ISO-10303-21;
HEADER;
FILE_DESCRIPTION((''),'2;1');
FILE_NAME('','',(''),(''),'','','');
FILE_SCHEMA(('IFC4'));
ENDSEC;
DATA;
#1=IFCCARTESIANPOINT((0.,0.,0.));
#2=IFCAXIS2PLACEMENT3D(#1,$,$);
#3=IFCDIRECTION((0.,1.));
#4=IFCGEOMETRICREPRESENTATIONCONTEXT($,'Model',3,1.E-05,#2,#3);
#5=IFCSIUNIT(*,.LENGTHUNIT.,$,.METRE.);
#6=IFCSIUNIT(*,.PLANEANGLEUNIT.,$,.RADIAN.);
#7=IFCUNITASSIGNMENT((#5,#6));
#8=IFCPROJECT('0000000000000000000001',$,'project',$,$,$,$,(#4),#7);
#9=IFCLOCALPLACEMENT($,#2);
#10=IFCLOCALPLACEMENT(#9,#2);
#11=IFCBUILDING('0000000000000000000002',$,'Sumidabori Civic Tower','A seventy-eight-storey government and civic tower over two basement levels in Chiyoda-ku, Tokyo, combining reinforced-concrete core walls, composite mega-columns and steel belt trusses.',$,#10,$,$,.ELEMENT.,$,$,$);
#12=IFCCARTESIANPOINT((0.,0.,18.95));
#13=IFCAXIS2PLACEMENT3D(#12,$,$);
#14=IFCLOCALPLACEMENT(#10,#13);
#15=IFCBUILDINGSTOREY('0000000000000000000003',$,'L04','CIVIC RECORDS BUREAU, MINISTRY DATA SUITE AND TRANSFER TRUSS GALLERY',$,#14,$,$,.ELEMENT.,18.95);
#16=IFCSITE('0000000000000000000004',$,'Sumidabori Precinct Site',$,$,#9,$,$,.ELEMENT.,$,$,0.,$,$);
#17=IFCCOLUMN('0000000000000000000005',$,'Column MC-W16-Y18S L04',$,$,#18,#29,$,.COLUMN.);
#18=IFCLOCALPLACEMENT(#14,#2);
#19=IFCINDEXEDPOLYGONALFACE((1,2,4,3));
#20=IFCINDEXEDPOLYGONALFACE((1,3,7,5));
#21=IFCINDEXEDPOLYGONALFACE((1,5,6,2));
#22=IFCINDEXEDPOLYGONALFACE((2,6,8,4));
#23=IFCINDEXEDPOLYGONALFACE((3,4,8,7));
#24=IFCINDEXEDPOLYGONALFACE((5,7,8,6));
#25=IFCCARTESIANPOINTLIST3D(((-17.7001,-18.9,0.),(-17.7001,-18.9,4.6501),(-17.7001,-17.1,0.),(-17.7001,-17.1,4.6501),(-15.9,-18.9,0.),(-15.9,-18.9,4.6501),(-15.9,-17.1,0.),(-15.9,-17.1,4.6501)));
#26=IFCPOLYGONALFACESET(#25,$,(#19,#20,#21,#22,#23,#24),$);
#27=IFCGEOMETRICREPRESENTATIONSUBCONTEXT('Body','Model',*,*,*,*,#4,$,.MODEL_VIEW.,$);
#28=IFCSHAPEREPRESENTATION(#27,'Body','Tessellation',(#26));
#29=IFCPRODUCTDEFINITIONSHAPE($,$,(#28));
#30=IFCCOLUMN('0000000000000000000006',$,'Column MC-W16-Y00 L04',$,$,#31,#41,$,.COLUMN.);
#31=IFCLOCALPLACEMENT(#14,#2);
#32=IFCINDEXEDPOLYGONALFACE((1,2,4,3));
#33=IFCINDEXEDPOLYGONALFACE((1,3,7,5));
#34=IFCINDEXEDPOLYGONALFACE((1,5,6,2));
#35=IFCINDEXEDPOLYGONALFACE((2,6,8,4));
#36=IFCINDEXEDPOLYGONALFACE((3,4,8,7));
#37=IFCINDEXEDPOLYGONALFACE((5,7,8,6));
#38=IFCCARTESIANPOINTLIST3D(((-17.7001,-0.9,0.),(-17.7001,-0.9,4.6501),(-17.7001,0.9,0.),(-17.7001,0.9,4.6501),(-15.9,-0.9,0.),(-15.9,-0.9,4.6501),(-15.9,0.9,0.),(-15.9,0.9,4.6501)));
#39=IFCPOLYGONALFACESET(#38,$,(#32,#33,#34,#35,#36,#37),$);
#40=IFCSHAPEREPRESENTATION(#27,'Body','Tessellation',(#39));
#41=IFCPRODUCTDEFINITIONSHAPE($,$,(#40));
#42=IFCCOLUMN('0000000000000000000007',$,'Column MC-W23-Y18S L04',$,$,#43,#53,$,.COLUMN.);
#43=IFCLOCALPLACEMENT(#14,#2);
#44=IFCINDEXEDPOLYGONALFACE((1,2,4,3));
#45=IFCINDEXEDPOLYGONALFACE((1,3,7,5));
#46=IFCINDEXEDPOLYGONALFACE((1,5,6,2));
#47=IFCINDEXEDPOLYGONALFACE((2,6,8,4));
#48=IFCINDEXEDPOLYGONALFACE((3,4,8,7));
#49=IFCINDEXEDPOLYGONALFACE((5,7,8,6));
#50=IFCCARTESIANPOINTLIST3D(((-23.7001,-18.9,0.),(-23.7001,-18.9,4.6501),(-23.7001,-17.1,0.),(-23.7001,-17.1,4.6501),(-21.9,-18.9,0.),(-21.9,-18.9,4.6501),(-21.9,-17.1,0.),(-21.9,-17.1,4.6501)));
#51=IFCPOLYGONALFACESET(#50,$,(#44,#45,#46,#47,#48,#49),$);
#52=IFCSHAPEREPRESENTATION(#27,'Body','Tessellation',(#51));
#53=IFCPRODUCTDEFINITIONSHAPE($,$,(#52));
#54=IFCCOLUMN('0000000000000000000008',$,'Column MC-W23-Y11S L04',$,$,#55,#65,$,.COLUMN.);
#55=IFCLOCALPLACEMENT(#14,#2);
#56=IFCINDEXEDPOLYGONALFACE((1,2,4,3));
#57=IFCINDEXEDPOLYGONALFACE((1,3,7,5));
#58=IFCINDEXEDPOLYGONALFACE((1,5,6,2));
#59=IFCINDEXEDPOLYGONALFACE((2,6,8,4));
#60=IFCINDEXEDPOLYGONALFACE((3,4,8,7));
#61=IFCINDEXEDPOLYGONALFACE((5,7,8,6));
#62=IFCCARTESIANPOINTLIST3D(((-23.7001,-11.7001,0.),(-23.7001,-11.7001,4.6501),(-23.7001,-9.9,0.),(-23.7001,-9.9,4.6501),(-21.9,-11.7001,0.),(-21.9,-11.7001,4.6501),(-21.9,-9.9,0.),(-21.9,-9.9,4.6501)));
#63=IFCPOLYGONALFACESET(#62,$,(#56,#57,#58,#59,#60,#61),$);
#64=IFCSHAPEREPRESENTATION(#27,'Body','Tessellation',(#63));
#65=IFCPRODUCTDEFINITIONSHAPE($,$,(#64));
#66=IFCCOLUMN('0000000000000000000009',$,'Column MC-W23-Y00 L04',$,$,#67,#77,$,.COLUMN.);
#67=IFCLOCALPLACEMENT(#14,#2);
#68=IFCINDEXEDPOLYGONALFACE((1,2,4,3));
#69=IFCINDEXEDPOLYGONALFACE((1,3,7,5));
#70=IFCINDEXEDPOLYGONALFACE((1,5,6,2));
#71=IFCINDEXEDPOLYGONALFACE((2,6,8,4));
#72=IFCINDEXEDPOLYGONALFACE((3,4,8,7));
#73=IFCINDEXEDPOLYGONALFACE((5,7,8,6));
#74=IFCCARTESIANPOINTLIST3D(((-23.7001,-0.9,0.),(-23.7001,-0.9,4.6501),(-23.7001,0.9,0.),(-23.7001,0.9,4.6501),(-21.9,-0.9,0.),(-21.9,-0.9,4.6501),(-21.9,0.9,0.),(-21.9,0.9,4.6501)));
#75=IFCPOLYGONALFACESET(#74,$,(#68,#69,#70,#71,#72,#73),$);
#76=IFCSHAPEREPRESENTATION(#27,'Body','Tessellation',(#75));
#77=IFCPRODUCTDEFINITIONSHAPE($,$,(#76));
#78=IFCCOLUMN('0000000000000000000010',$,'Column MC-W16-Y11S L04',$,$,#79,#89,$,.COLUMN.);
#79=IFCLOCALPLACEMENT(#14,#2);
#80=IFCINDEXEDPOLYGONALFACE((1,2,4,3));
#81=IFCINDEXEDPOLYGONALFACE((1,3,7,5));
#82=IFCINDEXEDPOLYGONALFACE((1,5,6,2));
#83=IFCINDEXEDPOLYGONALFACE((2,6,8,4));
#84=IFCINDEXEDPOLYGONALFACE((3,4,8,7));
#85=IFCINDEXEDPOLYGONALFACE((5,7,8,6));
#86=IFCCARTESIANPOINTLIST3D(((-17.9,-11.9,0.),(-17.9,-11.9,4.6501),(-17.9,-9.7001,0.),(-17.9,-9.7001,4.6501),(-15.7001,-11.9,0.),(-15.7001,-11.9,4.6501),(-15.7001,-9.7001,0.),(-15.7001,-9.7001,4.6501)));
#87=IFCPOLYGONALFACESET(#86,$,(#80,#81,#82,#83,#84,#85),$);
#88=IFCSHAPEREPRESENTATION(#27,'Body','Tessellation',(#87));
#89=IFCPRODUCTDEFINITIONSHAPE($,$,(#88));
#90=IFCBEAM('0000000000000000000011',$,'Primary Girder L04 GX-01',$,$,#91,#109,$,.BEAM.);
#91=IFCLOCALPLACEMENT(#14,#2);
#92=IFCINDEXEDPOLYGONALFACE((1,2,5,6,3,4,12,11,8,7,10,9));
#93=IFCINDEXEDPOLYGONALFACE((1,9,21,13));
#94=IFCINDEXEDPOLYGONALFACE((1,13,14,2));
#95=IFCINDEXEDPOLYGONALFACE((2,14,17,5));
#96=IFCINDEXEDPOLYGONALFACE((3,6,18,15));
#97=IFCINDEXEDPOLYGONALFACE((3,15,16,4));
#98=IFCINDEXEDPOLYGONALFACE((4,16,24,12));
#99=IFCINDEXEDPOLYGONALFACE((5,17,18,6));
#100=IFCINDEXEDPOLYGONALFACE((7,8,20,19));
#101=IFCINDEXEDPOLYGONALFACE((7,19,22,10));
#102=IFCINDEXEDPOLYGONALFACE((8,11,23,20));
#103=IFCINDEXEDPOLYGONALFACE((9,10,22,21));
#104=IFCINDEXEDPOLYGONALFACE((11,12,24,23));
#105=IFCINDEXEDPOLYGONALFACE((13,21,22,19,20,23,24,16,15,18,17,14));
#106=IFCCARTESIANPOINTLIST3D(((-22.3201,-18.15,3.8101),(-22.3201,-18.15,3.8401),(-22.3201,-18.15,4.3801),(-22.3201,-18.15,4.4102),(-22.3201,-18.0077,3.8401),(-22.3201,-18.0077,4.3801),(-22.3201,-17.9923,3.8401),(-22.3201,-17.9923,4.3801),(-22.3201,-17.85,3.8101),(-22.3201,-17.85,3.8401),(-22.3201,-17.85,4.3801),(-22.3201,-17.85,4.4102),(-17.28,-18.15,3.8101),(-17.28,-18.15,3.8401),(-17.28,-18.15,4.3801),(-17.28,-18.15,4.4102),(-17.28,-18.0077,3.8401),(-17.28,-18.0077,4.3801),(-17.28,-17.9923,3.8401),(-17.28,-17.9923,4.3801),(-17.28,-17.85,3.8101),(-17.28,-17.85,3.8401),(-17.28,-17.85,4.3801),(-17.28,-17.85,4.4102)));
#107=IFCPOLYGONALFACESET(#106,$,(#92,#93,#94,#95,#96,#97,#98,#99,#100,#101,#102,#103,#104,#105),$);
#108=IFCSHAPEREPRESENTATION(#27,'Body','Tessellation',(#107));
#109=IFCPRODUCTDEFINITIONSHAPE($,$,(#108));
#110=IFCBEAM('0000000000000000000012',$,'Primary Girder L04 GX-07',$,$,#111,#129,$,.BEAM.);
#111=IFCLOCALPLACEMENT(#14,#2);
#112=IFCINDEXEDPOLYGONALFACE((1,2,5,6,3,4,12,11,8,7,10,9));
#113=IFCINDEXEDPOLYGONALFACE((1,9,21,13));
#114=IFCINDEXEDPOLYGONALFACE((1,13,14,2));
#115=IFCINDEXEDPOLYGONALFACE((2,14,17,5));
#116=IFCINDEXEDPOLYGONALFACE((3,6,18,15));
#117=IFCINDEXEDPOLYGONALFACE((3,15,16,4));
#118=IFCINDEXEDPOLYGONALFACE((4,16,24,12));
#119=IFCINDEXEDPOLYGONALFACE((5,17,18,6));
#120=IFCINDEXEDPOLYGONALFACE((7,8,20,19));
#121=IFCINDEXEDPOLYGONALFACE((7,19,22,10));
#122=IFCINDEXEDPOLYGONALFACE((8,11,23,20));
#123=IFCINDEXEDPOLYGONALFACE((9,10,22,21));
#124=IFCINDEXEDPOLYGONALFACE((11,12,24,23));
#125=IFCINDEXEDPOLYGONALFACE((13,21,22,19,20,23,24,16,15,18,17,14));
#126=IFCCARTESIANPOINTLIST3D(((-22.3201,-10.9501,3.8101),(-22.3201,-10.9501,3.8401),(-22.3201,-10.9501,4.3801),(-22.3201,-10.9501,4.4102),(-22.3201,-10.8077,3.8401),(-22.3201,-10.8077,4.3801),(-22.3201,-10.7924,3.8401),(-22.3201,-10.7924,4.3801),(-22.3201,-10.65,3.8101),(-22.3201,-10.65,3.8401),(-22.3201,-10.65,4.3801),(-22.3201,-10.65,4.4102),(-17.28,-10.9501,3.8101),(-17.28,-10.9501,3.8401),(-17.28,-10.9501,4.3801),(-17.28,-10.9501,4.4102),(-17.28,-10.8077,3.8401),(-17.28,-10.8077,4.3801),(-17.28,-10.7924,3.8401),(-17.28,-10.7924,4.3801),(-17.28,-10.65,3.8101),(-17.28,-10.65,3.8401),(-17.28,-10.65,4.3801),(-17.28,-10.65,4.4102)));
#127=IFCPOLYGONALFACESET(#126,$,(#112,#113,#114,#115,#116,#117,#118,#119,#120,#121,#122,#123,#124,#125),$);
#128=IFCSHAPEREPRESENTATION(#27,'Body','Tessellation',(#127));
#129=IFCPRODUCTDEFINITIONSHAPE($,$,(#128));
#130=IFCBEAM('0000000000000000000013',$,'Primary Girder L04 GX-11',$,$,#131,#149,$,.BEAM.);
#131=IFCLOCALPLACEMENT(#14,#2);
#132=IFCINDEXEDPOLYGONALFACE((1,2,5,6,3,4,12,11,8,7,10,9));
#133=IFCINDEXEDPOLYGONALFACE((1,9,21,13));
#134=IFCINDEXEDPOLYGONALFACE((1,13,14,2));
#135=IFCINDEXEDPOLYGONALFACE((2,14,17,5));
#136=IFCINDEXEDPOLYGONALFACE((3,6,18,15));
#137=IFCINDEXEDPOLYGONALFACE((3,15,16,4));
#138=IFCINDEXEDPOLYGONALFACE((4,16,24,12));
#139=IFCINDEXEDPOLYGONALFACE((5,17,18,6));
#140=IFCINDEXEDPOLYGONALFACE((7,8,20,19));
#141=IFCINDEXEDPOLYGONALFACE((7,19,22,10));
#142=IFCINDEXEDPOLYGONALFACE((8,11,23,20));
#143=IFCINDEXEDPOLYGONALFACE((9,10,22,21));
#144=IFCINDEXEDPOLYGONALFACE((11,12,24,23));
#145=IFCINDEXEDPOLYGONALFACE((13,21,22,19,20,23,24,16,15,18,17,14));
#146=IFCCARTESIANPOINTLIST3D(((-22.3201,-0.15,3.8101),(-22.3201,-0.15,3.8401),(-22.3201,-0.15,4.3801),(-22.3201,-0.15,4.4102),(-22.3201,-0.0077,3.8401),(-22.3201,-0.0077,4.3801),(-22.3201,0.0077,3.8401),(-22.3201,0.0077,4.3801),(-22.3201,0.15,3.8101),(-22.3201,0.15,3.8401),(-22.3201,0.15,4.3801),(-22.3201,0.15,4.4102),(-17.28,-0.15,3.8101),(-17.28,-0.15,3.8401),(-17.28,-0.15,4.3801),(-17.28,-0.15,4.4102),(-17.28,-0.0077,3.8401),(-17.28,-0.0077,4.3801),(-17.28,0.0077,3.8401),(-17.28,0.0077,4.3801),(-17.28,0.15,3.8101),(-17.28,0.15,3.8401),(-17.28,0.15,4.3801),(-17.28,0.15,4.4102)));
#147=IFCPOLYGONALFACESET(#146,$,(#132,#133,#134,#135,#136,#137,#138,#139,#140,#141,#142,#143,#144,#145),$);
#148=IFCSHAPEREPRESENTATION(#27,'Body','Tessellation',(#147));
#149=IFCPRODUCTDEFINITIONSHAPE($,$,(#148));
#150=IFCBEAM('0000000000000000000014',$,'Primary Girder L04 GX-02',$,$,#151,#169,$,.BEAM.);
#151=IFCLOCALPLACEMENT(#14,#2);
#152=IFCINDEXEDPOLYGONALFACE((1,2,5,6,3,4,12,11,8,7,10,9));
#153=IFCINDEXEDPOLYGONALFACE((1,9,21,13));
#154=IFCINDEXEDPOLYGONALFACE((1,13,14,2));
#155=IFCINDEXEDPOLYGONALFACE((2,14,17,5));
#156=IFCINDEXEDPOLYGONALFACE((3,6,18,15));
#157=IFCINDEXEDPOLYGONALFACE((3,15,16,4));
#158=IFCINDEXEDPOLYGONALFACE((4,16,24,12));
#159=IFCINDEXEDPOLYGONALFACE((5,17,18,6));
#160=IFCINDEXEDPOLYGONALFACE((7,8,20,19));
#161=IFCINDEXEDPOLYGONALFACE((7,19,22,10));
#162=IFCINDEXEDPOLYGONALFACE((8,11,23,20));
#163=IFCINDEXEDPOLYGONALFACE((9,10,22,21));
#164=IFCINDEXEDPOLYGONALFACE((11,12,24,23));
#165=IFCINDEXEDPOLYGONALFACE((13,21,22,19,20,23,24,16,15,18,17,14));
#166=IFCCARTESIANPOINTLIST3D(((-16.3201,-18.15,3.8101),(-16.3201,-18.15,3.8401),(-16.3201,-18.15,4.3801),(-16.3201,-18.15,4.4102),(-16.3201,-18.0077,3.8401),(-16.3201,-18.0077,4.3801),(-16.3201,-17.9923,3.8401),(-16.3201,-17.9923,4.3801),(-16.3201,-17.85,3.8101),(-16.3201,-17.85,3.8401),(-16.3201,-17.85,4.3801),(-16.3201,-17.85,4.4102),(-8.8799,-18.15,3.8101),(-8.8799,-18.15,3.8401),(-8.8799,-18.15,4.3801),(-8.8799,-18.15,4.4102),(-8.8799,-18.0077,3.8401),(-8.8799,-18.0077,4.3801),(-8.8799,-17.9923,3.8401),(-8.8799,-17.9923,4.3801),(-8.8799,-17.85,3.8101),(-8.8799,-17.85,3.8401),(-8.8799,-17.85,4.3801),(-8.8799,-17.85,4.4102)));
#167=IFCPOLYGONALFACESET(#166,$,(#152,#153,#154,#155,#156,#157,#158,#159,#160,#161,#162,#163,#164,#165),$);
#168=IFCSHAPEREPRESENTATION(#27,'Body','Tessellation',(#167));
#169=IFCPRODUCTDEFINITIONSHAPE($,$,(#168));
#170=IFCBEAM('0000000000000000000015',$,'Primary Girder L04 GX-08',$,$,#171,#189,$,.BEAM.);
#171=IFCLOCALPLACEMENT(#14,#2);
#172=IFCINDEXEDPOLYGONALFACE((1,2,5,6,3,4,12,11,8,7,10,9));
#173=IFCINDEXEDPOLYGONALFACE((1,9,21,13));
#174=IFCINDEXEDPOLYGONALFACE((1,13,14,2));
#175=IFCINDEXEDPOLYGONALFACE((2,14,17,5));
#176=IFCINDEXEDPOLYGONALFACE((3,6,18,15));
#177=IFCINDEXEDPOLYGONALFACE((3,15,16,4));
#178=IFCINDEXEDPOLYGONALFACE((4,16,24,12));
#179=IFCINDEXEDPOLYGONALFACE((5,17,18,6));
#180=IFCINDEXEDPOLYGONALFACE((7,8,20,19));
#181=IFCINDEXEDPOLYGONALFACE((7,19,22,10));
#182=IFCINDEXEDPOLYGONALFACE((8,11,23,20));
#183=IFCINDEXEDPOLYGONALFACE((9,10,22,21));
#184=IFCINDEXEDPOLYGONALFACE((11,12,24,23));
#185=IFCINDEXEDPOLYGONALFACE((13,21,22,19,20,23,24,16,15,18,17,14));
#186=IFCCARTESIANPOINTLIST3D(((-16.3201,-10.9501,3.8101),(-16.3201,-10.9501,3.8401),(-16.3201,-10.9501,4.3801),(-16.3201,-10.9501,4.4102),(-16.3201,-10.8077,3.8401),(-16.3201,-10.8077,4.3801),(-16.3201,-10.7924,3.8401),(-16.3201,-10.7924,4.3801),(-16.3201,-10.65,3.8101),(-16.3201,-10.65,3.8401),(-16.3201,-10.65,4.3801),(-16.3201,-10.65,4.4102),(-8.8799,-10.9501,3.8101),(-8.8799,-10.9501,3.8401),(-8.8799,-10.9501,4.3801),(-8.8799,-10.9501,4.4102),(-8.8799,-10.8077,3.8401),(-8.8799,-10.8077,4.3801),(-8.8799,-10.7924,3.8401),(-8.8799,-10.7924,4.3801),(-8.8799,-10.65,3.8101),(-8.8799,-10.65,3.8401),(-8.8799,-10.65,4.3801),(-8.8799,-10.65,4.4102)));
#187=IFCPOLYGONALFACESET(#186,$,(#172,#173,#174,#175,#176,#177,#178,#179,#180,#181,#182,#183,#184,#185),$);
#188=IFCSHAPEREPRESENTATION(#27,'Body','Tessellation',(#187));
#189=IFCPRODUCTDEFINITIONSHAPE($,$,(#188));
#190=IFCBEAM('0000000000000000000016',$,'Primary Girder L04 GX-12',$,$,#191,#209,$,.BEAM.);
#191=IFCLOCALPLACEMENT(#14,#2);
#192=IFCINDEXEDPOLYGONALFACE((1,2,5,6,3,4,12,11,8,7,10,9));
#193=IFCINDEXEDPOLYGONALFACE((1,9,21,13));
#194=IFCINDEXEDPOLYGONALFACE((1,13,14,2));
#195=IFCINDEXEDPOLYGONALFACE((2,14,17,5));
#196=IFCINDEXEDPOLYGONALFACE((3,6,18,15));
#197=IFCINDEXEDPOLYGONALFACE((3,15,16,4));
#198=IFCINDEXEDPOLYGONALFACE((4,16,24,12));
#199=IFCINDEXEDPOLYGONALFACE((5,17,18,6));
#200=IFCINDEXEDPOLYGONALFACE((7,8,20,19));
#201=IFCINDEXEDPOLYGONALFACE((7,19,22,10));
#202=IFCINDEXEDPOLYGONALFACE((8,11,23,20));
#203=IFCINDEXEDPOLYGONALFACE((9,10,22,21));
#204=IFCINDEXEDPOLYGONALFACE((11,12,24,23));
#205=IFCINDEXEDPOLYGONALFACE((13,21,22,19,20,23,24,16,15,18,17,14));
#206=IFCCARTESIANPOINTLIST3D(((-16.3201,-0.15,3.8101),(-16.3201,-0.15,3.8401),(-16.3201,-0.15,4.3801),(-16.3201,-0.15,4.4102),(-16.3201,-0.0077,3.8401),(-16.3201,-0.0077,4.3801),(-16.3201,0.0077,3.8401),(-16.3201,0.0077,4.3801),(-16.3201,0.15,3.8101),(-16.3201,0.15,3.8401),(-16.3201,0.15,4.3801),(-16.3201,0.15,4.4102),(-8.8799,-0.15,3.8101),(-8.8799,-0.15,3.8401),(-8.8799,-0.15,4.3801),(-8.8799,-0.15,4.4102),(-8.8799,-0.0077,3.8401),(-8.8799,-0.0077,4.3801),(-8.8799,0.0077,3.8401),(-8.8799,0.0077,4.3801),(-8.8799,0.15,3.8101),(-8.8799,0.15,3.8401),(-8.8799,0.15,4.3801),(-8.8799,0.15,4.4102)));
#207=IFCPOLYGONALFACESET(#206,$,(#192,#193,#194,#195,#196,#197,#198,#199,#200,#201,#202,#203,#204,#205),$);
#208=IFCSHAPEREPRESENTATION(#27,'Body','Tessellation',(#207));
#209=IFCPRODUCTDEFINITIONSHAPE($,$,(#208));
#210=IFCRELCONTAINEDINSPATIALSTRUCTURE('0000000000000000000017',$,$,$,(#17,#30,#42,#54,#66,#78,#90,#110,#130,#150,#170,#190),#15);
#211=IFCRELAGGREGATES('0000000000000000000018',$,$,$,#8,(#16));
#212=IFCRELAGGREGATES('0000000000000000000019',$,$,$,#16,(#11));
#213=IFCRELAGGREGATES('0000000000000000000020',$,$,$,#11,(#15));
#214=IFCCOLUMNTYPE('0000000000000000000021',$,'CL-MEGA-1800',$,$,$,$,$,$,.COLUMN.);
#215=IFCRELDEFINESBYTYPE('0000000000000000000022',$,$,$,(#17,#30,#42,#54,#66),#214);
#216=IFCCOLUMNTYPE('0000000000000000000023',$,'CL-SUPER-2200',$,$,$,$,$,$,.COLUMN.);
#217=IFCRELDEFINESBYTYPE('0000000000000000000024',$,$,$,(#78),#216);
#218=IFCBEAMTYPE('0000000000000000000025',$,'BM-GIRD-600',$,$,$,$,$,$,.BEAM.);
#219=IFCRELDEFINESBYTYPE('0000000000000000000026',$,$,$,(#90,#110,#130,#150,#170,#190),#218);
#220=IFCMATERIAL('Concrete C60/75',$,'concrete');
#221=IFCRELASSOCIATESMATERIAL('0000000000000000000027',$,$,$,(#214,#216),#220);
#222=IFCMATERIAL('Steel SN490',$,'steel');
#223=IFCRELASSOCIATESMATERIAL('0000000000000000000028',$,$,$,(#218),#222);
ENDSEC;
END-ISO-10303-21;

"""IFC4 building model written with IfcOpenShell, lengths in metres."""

from ifc_helpers import new_model, si_unit, direction, frame, origin, origin_2d, place, context, subcontext, project, spatial, rectangle, i_section, extrude, source, transform, mapped, material, material_profile, profile_set, type_object, element, save


model = new_model("IFC4")

# Units and contexts
model_context = context("Model", 3, precision=1e-05, world=origin(), true_north=direction((0.0, 1.0)))
body_context = subcontext(model_context, "Body", "Model", "MODEL_VIEW")
ifc_project = project(units=[si_unit("LENGTHUNIT", "METRE"), si_unit("PLANEANGLEUNIT", "RADIAN")], contexts=[model_context])

# Site, building, storey
site_placement = place(None, origin())
site = spatial("IfcSite", under=ifc_project, at=site_placement, Name="Sumidabori Precinct Site", CompositionType="ELEMENT", RefElevation=0.0)
building_placement = place(site_placement, origin())
building = spatial("IfcBuilding", under=site, at=building_placement, Name="Sumidabori Civic Tower", Description="A seventy-eight-storey government and civic tower over two basement levels in Chiyoda-ku, Tokyo, combining reinforced-concrete core walls, composite mega-columns and steel belt trusses.", CompositionType="ELEMENT")
storey_placement = place(building_placement, frame((0.0, 0.0, 18.95)))
storey = spatial("IfcBuildingStorey", under=building, at=storey_placement, Name="L04", Description="CIVIC RECORDS BUREAU, MINISTRY DATA SUITE AND TRANSFER TRUSS GALLERY", CompositionType="ELEMENT", Elevation=18.95)

# Columns
ifc_material_1 = material(Name="Concrete C60/75", Category="concrete")
ifc_material_profile_1 = material_profile(ifc_material_1, rectangle(XDim=1.8, YDim=1.8, at=origin_2d()), Name="RC 1800x1800")
ifc_profile_set_1 = profile_set([ifc_material_profile_1], Name="Concrete C60/75")
column_type_1 = type_object("IfcColumnType", Name="CL-MEGA-1800", PredefinedType="COLUMN", material=ifc_profile_set_1)
shared_shape_1 = source(origin(), body_context, "Body", "SweptSolid", [
    extrude(rectangle(XDim=1.8, YDim=1.8, at=origin_2d()), origin(), (0.0, 0.0, 1.0), 4.6501),
])
for number, where, z_axis, x_axis, name in (
    (1, (-16.8, -18.0, 0.0), (0.0, 0.0, 1.0), (1.0, 0.0, 0.0), "Column MC-W16-Y18S L04"),
    (2, (-16.8, 0.0, 0.0), (0.0, 0.0, 1.0), (1.0, 0.0, 0.0), "Column MC-W16-Y00 L04"),
    (3, (-22.8, -18.0, 0.0), (0.0, 0.0, 1.0), (1.0, 0.0, 0.0), "Column MC-W23-Y18S L04"),
    (4, (-22.8, -10.8, 0.0), (0.0, 0.0, 1.0), (1.0, 0.0, 0.0), "Column MC-W23-Y11S L04"),
    (5, (-22.8, 0.0, 0.0), (0.0, 0.0, 1.0), (1.0, 0.0, 0.0), "Column MC-W23-Y00 L04"),
):
    element("IfcColumn", number, at=place(storey_placement, frame(where, z_axis=z_axis, x_axis=x_axis)), inside=storey, type_object=column_type_1, Name=name, PredefinedType="COLUMN", context=body_context, shape_type="MappedRepresentation", body=[
        mapped(shared_shape_1, transform((0.0, 0.0, 0.0), x_axis=(1.0, 0.0, 0.0), y_axis=(0.0, 1.0, 0.0), z_axis=(0.0, 0.0, 1.0), scale=1.0)),
    ])
ifc_material_profile_2 = material_profile(ifc_material_1, rectangle(XDim=2.2, YDim=2.2, at=origin_2d()), Name="RC 2200x2200")
ifc_profile_set_2 = profile_set([ifc_material_profile_2], Name="Concrete C60/75")
column_type_2 = type_object("IfcColumnType", Name="CL-SUPER-2200", PredefinedType="COLUMN", material=ifc_profile_set_2)
shared_shape_2 = source(origin(), body_context, "Body", "SweptSolid", [
    extrude(rectangle(XDim=2.2, YDim=2.2, at=origin_2d()), origin(), (0.0, 0.0, 1.0), 4.6501),
])
column_placement = place(storey_placement, frame((-16.8, -10.8, 0.0), z_axis=(0.0, 0.0, 1.0), x_axis=(1.0, 0.0, 0.0)))
element("IfcColumn", 6, at=column_placement, inside=storey, type_object=column_type_2, Name="Column MC-W16-Y11S L04", PredefinedType="COLUMN", context=body_context, shape_type="MappedRepresentation", body=[
    mapped(shared_shape_2, transform((0.0, 0.0, 0.0), x_axis=(1.0, 0.0, 0.0), y_axis=(0.0, 1.0, 0.0), z_axis=(0.0, 0.0, 1.0), scale=1.0)),
])

# Beams
ifc_material_2 = material(Name="Steel SN490", Category="steel")
ifc_material_profile_3 = material_profile(ifc_material_2, i_section(OverallWidth=0.3, OverallDepth=0.6001, WebThickness=0.0154, FlangeThickness=0.03, at=origin_2d()), Name="HE 600 B")
ifc_profile_set_3 = profile_set([ifc_material_profile_3], Name="Steel SN490")
beam_type_1 = type_object("IfcBeamType", Name="BM-GIRD-600", PredefinedType="BEAM", material=ifc_profile_set_3)
shared_shape_3 = source(origin(), body_context, "Body", "SweptSolid", [
    extrude(i_section(OverallWidth=0.3, OverallDepth=0.6001, WebThickness=0.0154, FlangeThickness=0.03, at=origin_2d()), origin(), (0.0, 0.0, 1.0), 5.04),
])
for number, where, z_axis, x_axis, name in (
    (7, (-22.3201, -18.0, 4.1101), (1.0, 0.0, 0.0), (0.0, 1.0, 0.0), "Primary Girder L04 GX-01"),
    (8, (-22.3201, -10.8, 4.1101), (1.0, 0.0, 0.0), (0.0, 1.0, 0.0), "Primary Girder L04 GX-07"),
    (9, (-22.3201, 0.0, 4.1101), (1.0, 0.0, 0.0), (0.0, 1.0, 0.0), "Primary Girder L04 GX-11"),
):
    element("IfcBeam", number, at=place(storey_placement, frame(where, z_axis=z_axis, x_axis=x_axis)), inside=storey, type_object=beam_type_1, Name=name, PredefinedType="BEAM", context=body_context, shape_type="MappedRepresentation", body=[
        mapped(shared_shape_3, transform((0.0, 0.0, 0.0), x_axis=(1.0, 0.0, 0.0), y_axis=(0.0, 1.0, 0.0), z_axis=(0.0, 0.0, 1.0), scale=1.0)),
    ])
shared_shape_4 = source(origin(), body_context, "Body", "SweptSolid", [
    extrude(i_section(OverallWidth=0.3, OverallDepth=0.6001, WebThickness=0.0154, FlangeThickness=0.03, at=origin_2d()), origin(), (0.0, 0.0, 1.0), 7.4402),
])
for number, where, z_axis, x_axis, name in (
    (10, (-16.3201, -18.0, 4.1101), (1.0, 0.0, 0.0), (0.0, 1.0, 0.0), "Primary Girder L04 GX-02"),
    (11, (-16.3201, -10.8, 4.1101), (1.0, 0.0, 0.0), (0.0, 1.0, 0.0), "Primary Girder L04 GX-08"),
    (12, (-16.3201, 0.0, 4.1101), (1.0, 0.0, 0.0), (0.0, 1.0, 0.0), "Primary Girder L04 GX-12"),
):
    element("IfcBeam", number, at=place(storey_placement, frame(where, z_axis=z_axis, x_axis=x_axis)), inside=storey, type_object=beam_type_1, Name=name, PredefinedType="BEAM", context=body_context, shape_type="MappedRepresentation", body=[
        mapped(shared_shape_4, transform((0.0, 0.0, 0.0), x_axis=(1.0, 0.0, 0.0), y_axis=(0.0, 1.0, 0.0), z_axis=(0.0, 0.0, 1.0), scale=1.0)),
    ])

save(model, "model.ifc")
